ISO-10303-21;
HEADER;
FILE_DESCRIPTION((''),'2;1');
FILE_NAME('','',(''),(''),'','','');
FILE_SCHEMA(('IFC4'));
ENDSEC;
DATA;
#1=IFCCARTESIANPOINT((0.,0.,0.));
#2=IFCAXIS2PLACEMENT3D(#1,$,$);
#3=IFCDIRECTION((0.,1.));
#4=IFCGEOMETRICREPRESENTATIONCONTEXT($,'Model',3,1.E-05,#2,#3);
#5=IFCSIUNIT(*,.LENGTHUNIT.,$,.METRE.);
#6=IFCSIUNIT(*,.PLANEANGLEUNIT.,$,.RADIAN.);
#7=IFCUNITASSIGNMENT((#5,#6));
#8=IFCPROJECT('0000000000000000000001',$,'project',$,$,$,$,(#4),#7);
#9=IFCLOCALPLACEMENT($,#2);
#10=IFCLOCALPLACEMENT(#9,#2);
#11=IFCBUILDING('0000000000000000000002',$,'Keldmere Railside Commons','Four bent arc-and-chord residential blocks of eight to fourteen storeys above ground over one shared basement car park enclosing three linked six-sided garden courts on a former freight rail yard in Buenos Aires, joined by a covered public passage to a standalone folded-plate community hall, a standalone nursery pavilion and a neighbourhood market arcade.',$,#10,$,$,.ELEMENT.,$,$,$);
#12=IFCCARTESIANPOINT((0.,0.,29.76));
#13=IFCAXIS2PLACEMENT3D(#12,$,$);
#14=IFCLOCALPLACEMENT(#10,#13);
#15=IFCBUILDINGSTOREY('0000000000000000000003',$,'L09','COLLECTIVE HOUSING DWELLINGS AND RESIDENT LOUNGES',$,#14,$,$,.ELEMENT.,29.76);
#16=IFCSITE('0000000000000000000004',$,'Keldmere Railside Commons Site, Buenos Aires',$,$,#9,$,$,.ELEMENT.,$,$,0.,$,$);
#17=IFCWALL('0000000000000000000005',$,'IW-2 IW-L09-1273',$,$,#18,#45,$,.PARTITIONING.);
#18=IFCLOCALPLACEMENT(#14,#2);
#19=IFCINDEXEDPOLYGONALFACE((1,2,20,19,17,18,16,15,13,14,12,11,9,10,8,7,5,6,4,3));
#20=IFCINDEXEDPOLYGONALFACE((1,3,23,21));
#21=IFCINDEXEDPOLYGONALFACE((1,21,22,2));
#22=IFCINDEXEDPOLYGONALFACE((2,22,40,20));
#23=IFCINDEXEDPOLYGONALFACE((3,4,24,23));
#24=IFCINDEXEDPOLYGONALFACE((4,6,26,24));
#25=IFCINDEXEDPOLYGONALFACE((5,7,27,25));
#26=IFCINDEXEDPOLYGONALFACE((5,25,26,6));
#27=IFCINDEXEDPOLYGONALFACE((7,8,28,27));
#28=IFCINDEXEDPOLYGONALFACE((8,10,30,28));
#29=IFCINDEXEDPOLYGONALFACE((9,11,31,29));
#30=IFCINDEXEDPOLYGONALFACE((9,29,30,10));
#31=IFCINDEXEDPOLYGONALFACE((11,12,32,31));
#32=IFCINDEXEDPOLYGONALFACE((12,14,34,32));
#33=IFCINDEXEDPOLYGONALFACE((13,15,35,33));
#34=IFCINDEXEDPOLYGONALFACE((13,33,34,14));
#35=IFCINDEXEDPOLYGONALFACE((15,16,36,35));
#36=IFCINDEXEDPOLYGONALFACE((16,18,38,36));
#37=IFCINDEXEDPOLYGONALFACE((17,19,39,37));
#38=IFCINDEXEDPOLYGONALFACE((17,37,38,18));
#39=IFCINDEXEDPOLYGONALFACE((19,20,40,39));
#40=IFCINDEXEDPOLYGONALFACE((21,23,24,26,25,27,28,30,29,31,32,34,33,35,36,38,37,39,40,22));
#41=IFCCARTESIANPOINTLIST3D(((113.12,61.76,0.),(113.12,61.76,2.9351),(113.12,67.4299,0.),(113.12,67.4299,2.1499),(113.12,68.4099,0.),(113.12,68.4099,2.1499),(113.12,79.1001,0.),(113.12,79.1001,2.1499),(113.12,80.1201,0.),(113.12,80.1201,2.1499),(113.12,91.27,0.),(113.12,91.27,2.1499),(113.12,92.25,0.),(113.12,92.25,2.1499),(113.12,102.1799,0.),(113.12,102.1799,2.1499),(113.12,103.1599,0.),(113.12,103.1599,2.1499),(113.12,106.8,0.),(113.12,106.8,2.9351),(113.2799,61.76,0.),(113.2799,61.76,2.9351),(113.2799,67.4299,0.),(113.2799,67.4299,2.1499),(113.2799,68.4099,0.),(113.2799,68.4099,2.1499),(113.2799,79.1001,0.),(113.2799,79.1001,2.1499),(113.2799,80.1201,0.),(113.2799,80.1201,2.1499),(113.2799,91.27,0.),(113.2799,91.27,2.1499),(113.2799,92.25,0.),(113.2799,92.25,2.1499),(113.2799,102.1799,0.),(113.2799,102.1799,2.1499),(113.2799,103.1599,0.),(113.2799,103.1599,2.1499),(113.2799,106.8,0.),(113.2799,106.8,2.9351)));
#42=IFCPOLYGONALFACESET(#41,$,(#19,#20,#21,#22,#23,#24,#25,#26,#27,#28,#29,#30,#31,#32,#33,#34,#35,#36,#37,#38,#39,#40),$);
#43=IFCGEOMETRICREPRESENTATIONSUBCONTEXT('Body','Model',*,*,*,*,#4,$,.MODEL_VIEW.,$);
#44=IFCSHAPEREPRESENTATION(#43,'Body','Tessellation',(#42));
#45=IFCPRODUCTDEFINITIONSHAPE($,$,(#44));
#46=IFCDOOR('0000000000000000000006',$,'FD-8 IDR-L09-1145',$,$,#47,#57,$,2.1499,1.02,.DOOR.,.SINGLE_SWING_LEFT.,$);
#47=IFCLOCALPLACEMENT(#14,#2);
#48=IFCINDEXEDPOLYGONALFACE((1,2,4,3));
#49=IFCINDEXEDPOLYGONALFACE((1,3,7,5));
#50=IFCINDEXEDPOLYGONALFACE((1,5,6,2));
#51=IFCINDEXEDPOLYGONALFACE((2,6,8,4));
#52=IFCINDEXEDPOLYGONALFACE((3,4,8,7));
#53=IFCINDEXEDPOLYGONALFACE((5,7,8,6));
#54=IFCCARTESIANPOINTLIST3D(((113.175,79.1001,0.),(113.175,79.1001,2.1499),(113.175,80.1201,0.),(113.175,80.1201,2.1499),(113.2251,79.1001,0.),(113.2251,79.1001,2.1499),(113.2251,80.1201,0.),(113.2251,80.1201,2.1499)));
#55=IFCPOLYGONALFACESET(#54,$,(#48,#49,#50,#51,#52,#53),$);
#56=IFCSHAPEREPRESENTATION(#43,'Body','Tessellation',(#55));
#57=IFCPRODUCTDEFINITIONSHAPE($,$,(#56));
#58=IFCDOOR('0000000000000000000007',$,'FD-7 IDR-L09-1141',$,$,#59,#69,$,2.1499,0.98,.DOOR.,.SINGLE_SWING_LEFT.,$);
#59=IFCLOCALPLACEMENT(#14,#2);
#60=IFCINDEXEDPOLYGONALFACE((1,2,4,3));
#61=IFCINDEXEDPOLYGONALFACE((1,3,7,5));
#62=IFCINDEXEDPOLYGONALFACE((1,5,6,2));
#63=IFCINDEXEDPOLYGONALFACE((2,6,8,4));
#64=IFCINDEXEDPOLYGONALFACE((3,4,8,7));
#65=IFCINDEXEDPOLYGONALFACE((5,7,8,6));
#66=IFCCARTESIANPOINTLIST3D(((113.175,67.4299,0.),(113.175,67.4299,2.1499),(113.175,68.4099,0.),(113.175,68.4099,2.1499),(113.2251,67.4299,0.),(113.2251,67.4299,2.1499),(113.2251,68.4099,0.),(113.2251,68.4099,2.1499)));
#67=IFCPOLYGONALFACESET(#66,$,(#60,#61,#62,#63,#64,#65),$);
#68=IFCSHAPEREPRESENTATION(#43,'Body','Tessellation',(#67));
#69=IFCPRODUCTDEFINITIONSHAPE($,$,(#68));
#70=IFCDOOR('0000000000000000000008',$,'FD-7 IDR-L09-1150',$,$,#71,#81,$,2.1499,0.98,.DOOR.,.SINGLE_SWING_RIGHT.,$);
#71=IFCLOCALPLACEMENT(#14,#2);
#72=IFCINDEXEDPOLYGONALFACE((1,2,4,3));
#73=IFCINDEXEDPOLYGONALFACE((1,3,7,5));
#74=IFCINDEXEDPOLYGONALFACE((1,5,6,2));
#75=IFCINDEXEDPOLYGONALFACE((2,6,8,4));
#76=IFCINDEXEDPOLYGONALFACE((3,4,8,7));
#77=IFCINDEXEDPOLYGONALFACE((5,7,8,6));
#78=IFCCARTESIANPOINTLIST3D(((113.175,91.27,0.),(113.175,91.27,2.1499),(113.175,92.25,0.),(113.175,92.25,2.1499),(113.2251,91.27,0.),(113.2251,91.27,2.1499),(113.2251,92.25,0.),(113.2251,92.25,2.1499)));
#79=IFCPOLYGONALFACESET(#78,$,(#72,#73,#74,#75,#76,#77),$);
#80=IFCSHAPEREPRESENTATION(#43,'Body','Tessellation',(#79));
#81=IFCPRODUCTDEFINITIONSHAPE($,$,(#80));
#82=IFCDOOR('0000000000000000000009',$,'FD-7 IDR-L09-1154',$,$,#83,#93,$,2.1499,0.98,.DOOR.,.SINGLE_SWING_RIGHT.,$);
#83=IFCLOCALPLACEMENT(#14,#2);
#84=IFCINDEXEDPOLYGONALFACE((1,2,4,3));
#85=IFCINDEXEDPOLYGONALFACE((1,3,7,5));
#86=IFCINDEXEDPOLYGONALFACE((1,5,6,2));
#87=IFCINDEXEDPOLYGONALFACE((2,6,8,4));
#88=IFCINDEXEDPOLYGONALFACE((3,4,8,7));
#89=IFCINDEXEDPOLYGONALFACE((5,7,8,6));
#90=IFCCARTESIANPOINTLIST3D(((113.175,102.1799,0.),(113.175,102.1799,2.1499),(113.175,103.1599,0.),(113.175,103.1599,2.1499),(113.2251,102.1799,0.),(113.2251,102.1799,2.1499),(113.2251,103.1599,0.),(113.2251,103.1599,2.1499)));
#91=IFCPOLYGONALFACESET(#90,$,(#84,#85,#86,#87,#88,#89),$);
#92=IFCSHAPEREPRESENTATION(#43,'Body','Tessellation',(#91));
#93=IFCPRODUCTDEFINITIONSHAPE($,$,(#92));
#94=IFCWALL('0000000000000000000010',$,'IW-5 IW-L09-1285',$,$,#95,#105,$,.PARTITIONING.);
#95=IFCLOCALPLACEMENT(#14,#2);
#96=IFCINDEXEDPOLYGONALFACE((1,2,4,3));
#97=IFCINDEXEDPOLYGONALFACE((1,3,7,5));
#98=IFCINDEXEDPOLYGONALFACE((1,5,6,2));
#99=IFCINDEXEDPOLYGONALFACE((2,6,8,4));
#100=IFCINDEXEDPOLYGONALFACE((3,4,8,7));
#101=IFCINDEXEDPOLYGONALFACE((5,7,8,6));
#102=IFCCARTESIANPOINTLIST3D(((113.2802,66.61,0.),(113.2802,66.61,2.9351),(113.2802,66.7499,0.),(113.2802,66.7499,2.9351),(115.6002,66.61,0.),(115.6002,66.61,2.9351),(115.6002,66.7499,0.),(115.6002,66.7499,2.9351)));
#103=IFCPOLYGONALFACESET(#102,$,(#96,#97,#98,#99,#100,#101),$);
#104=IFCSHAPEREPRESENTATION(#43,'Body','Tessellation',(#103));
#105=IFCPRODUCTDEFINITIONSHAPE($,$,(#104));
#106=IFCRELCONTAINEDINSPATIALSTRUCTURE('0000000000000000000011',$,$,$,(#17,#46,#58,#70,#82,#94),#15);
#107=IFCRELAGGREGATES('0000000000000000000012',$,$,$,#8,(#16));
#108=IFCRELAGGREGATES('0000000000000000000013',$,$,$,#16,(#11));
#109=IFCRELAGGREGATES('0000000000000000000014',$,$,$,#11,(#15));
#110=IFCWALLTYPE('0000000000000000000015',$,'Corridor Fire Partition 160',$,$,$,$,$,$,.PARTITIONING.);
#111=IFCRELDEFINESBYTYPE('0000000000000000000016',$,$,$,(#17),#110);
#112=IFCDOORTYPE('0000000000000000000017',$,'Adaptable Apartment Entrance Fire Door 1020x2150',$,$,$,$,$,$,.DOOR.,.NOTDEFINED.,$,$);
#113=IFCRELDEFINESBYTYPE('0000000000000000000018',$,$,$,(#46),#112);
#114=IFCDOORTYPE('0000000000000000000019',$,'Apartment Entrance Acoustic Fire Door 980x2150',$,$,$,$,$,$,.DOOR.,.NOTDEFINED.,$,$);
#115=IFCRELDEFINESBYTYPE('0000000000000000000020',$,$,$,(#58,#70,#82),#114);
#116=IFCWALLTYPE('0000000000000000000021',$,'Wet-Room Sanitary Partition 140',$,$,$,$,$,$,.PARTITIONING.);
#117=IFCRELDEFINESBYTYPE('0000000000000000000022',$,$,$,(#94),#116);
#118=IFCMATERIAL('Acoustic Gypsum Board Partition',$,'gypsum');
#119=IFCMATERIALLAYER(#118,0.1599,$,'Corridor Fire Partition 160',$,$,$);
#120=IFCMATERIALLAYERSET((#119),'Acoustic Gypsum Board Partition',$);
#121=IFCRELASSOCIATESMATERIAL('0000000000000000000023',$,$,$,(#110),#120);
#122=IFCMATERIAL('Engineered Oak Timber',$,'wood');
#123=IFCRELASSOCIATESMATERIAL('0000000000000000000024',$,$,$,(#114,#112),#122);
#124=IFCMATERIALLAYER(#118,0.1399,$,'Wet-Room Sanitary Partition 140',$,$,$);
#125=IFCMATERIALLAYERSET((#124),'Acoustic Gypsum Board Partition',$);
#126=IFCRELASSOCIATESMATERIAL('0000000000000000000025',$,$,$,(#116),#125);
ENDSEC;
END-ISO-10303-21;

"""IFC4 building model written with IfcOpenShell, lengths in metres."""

from ifc_helpers import new_model, si_unit, direction, frame, frame_2d, origin, place, context, subcontext, project, spatial, rectangle, extrude, material, layer, layer_set, type_object, element, fill, save


model = new_model("IFC4")

# Units and contexts
model_context = context("Model", 3, precision=1e-05, world=origin(), true_north=direction((0.0, 1.0)))
body_context = subcontext(model_context, "Body", "Model", "MODEL_VIEW")
ifc_project = project(units=[si_unit("LENGTHUNIT", "METRE"), si_unit("PLANEANGLEUNIT", "RADIAN")], contexts=[model_context])

# Site, building, storey
site_placement = place(None, origin())
site = spatial("IfcSite", under=ifc_project, at=site_placement, Name="Keldmere Railside Commons Site, Buenos Aires", CompositionType="ELEMENT", RefElevation=0.0)
building_placement = place(site_placement, origin())
building = spatial("IfcBuilding", under=site, at=building_placement, Name="Keldmere Railside Commons", Description="Four bent arc-and-chord residential blocks of eight to fourteen storeys above ground over one shared basement car park enclosing three linked six-sided garden courts on a former freight rail yard in Buenos Aires, joined by a covered public passage to a standalone folded-plate community hall, a standalone nursery pavilion and a neighbourhood market arcade.", CompositionType="ELEMENT")
storey_placement = place(building_placement, frame((0.0, 0.0, 29.76)))
storey = spatial("IfcBuildingStorey", under=building, at=storey_placement, Name="L09", Description="COLLECTIVE HOUSING DWELLINGS AND RESIDENT LOUNGES", CompositionType="ELEMENT", Elevation=29.76)

# Shared definitions
ifc_material_1 = material(Name="Acoustic Gypsum Board Partition", Category="gypsum")
ifc_material_2 = material(Name="Engineered Oak Timber", Category="wood")

# Wall, openings, doors
ifc_layer_1 = layer(ifc_material_1, 0.1599, Name="Corridor Fire Partition 160")
ifc_layer_set_1 = layer_set([ifc_layer_1], Name="Acoustic Gypsum Board Partition")
wall_type_1 = type_object("IfcWallType", Name="Corridor Fire Partition 160", PredefinedType="PARTITIONING", material=ifc_layer_set_1)
door_type_1 = type_object("IfcDoorType", Name="Apartment Entrance Acoustic Fire Door 980x2150", OperationType="NOTDEFINED", PredefinedType="DOOR", material=ifc_material_2)
wall_1_placement = place(storey_placement, frame((113.2, 61.76, 0.0), z_axis=(0.0, 0.0, 1.0), x_axis=(0.0, 1.0, 0.0)))
wall_1 = element("IfcWall", 1, at=wall_1_placement, inside=storey, type_object=wall_type_1, Name="IW-2 IW-L09-1273", PredefinedType="PARTITIONING", context=body_context, shape_type="SweptSolid", body=[
    extrude(rectangle(XDim=45.04, YDim=0.1599, at=frame_2d((22.52, 0.0))), origin(), (0.0, 0.0, 1.0), 2.9351),
])
opening_1_placement = place(wall_1_placement, frame((5.6699, 0.0, 0.0)))
opening_1 = element("IfcOpeningElement", 2, at=opening_1_placement, cuts=wall_1, PredefinedType="OPENING", context=body_context, shape_type="SweptSolid", body=[
    extrude(rectangle(XDim=0.98, YDim=2.1499, at=frame_2d((0.49, 1.075))), frame((0.0, 0.0898, 0.0), z_axis=(0.0, -1.0, 0.0), x_axis=(1.0, 0.0, 0.0)), (0.0, 0.0, 1.0), 0.1799),
])
opening_2_placement = place(wall_1_placement, frame((17.3401, 0.0, 0.0)))
opening_2 = element("IfcOpeningElement", 3, at=opening_2_placement, cuts=wall_1, PredefinedType="OPENING", context=body_context, shape_type="SweptSolid", body=[
    extrude(rectangle(XDim=1.02, YDim=2.1499, at=frame_2d((0.51, 1.075))), frame((0.0, 0.0898, 0.0), z_axis=(0.0, -1.0, 0.0), x_axis=(1.0, 0.0, 0.0)), (0.0, 0.0, 1.0), 0.1799),
])
opening_3_placement = place(wall_1_placement, frame((29.51, 0.0, 0.0)))
opening_3 = element("IfcOpeningElement", 4, at=opening_3_placement, cuts=wall_1, PredefinedType="OPENING", context=body_context, shape_type="SweptSolid", body=[
    extrude(rectangle(XDim=0.98, YDim=2.1499, at=frame_2d((0.49, 1.075))), frame((0.0, 0.0898, 0.0), z_axis=(0.0, -1.0, 0.0), x_axis=(1.0, 0.0, 0.0)), (0.0, 0.0, 1.0), 0.1799),
])
opening_4_placement = place(wall_1_placement, frame((40.4199, 0.0, 0.0)))
opening_4 = element("IfcOpeningElement", 5, at=opening_4_placement, cuts=wall_1, PredefinedType="OPENING", context=body_context, shape_type="SweptSolid", body=[
    extrude(rectangle(XDim=0.98, YDim=2.1499, at=frame_2d((0.49, 1.075))), frame((0.0, 0.0898, 0.0), z_axis=(0.0, -1.0, 0.0), x_axis=(1.0, 0.0, 0.0)), (0.0, 0.0, 1.0), 0.1799),
])
door_type_2 = type_object("IfcDoorType", Name="Adaptable Apartment Entrance Fire Door 1020x2150", OperationType="NOTDEFINED", PredefinedType="DOOR", material=ifc_material_2)
door_1_placement = place(opening_2_placement, origin())
door_1 = element("IfcDoor", 6, at=door_1_placement, inside=storey, type_object=door_type_2, Name="FD-8 IDR-L09-1145", OperationType="SINGLE_SWING_LEFT", OverallHeight=2.1499, OverallWidth=1.02, PredefinedType="DOOR", context=body_context, shape_type="SweptSolid", body=[
    extrude(rectangle(XDim=1.02, YDim=2.1499, at=frame_2d((0.51, 1.075))), frame((0.0, 0.0249, 0.0), z_axis=(0.0, -1.0, 0.0), x_axis=(1.0, 0.0, 0.0)), (0.0, 0.0, 1.0), 0.05),
])
fill(opening_2, door_1)
door_2_placement = place(opening_1_placement, origin())
door_2 = element("IfcDoor", 7, at=door_2_placement, inside=storey, type_object=door_type_1, Name="FD-7 IDR-L09-1141", OperationType="SINGLE_SWING_LEFT", OverallHeight=2.1499, OverallWidth=0.98, PredefinedType="DOOR", context=body_context, shape_type="SweptSolid", body=[
    extrude(rectangle(XDim=0.98, YDim=2.1499, at=frame_2d((0.49, 1.075))), frame((0.0, 0.0249, 0.0), z_axis=(0.0, -1.0, 0.0), x_axis=(1.0, 0.0, 0.0)), (0.0, 0.0, 1.0), 0.05),
])
fill(opening_1, door_2)
door_3_placement = place(opening_3_placement, origin())
door_3 = element("IfcDoor", 8, at=door_3_placement, inside=storey, type_object=door_type_1, Name="FD-7 IDR-L09-1150", OperationType="SINGLE_SWING_RIGHT", OverallHeight=2.1499, OverallWidth=0.98, PredefinedType="DOOR", context=body_context, shape_type="SweptSolid", body=[
    extrude(rectangle(XDim=0.98, YDim=2.1499, at=frame_2d((0.49, 1.075))), frame((0.0, 0.0249, 0.0), z_axis=(0.0, -1.0, 0.0), x_axis=(1.0, 0.0, 0.0)), (0.0, 0.0, 1.0), 0.05),
])
fill(opening_3, door_3)
door_4_placement = place(opening_4_placement, origin())
door_4 = element("IfcDoor", 9, at=door_4_placement, inside=storey, type_object=door_type_1, Name="FD-7 IDR-L09-1154", OperationType="SINGLE_SWING_RIGHT", OverallHeight=2.1499, OverallWidth=0.98, PredefinedType="DOOR", context=body_context, shape_type="SweptSolid", body=[
    extrude(rectangle(XDim=0.98, YDim=2.1499, at=frame_2d((0.49, 1.075))), frame((0.0, 0.0249, 0.0), z_axis=(0.0, -1.0, 0.0), x_axis=(1.0, 0.0, 0.0)), (0.0, 0.0, 1.0), 0.05),
])
fill(opening_4, door_4)

# Wall
ifc_layer_2 = layer(ifc_material_1, 0.1399, Name="Wet-Room Sanitary Partition 140")
ifc_layer_set_2 = layer_set([ifc_layer_2], Name="Acoustic Gypsum Board Partition")
wall_type_2 = type_object("IfcWallType", Name="Wet-Room Sanitary Partition 140", PredefinedType="PARTITIONING", material=ifc_layer_set_2)
wall_2_placement = place(storey_placement, frame((113.28, 66.6799, 0.0), z_axis=(0.0, 0.0, 1.0), x_axis=(1.0, 0.0, 0.0)))
element("IfcWall", 10, at=wall_2_placement, inside=storey, type_object=wall_type_2, Name="IW-5 IW-L09-1285", PredefinedType="PARTITIONING", context=body_context, shape_type="SweptSolid", body=[
    extrude(rectangle(XDim=2.3201, YDim=0.1399, at=frame_2d((1.1602, 0.0))), origin(), (0.0, 0.0, 1.0), 2.9351),
])

save(model, "model.ifc")
